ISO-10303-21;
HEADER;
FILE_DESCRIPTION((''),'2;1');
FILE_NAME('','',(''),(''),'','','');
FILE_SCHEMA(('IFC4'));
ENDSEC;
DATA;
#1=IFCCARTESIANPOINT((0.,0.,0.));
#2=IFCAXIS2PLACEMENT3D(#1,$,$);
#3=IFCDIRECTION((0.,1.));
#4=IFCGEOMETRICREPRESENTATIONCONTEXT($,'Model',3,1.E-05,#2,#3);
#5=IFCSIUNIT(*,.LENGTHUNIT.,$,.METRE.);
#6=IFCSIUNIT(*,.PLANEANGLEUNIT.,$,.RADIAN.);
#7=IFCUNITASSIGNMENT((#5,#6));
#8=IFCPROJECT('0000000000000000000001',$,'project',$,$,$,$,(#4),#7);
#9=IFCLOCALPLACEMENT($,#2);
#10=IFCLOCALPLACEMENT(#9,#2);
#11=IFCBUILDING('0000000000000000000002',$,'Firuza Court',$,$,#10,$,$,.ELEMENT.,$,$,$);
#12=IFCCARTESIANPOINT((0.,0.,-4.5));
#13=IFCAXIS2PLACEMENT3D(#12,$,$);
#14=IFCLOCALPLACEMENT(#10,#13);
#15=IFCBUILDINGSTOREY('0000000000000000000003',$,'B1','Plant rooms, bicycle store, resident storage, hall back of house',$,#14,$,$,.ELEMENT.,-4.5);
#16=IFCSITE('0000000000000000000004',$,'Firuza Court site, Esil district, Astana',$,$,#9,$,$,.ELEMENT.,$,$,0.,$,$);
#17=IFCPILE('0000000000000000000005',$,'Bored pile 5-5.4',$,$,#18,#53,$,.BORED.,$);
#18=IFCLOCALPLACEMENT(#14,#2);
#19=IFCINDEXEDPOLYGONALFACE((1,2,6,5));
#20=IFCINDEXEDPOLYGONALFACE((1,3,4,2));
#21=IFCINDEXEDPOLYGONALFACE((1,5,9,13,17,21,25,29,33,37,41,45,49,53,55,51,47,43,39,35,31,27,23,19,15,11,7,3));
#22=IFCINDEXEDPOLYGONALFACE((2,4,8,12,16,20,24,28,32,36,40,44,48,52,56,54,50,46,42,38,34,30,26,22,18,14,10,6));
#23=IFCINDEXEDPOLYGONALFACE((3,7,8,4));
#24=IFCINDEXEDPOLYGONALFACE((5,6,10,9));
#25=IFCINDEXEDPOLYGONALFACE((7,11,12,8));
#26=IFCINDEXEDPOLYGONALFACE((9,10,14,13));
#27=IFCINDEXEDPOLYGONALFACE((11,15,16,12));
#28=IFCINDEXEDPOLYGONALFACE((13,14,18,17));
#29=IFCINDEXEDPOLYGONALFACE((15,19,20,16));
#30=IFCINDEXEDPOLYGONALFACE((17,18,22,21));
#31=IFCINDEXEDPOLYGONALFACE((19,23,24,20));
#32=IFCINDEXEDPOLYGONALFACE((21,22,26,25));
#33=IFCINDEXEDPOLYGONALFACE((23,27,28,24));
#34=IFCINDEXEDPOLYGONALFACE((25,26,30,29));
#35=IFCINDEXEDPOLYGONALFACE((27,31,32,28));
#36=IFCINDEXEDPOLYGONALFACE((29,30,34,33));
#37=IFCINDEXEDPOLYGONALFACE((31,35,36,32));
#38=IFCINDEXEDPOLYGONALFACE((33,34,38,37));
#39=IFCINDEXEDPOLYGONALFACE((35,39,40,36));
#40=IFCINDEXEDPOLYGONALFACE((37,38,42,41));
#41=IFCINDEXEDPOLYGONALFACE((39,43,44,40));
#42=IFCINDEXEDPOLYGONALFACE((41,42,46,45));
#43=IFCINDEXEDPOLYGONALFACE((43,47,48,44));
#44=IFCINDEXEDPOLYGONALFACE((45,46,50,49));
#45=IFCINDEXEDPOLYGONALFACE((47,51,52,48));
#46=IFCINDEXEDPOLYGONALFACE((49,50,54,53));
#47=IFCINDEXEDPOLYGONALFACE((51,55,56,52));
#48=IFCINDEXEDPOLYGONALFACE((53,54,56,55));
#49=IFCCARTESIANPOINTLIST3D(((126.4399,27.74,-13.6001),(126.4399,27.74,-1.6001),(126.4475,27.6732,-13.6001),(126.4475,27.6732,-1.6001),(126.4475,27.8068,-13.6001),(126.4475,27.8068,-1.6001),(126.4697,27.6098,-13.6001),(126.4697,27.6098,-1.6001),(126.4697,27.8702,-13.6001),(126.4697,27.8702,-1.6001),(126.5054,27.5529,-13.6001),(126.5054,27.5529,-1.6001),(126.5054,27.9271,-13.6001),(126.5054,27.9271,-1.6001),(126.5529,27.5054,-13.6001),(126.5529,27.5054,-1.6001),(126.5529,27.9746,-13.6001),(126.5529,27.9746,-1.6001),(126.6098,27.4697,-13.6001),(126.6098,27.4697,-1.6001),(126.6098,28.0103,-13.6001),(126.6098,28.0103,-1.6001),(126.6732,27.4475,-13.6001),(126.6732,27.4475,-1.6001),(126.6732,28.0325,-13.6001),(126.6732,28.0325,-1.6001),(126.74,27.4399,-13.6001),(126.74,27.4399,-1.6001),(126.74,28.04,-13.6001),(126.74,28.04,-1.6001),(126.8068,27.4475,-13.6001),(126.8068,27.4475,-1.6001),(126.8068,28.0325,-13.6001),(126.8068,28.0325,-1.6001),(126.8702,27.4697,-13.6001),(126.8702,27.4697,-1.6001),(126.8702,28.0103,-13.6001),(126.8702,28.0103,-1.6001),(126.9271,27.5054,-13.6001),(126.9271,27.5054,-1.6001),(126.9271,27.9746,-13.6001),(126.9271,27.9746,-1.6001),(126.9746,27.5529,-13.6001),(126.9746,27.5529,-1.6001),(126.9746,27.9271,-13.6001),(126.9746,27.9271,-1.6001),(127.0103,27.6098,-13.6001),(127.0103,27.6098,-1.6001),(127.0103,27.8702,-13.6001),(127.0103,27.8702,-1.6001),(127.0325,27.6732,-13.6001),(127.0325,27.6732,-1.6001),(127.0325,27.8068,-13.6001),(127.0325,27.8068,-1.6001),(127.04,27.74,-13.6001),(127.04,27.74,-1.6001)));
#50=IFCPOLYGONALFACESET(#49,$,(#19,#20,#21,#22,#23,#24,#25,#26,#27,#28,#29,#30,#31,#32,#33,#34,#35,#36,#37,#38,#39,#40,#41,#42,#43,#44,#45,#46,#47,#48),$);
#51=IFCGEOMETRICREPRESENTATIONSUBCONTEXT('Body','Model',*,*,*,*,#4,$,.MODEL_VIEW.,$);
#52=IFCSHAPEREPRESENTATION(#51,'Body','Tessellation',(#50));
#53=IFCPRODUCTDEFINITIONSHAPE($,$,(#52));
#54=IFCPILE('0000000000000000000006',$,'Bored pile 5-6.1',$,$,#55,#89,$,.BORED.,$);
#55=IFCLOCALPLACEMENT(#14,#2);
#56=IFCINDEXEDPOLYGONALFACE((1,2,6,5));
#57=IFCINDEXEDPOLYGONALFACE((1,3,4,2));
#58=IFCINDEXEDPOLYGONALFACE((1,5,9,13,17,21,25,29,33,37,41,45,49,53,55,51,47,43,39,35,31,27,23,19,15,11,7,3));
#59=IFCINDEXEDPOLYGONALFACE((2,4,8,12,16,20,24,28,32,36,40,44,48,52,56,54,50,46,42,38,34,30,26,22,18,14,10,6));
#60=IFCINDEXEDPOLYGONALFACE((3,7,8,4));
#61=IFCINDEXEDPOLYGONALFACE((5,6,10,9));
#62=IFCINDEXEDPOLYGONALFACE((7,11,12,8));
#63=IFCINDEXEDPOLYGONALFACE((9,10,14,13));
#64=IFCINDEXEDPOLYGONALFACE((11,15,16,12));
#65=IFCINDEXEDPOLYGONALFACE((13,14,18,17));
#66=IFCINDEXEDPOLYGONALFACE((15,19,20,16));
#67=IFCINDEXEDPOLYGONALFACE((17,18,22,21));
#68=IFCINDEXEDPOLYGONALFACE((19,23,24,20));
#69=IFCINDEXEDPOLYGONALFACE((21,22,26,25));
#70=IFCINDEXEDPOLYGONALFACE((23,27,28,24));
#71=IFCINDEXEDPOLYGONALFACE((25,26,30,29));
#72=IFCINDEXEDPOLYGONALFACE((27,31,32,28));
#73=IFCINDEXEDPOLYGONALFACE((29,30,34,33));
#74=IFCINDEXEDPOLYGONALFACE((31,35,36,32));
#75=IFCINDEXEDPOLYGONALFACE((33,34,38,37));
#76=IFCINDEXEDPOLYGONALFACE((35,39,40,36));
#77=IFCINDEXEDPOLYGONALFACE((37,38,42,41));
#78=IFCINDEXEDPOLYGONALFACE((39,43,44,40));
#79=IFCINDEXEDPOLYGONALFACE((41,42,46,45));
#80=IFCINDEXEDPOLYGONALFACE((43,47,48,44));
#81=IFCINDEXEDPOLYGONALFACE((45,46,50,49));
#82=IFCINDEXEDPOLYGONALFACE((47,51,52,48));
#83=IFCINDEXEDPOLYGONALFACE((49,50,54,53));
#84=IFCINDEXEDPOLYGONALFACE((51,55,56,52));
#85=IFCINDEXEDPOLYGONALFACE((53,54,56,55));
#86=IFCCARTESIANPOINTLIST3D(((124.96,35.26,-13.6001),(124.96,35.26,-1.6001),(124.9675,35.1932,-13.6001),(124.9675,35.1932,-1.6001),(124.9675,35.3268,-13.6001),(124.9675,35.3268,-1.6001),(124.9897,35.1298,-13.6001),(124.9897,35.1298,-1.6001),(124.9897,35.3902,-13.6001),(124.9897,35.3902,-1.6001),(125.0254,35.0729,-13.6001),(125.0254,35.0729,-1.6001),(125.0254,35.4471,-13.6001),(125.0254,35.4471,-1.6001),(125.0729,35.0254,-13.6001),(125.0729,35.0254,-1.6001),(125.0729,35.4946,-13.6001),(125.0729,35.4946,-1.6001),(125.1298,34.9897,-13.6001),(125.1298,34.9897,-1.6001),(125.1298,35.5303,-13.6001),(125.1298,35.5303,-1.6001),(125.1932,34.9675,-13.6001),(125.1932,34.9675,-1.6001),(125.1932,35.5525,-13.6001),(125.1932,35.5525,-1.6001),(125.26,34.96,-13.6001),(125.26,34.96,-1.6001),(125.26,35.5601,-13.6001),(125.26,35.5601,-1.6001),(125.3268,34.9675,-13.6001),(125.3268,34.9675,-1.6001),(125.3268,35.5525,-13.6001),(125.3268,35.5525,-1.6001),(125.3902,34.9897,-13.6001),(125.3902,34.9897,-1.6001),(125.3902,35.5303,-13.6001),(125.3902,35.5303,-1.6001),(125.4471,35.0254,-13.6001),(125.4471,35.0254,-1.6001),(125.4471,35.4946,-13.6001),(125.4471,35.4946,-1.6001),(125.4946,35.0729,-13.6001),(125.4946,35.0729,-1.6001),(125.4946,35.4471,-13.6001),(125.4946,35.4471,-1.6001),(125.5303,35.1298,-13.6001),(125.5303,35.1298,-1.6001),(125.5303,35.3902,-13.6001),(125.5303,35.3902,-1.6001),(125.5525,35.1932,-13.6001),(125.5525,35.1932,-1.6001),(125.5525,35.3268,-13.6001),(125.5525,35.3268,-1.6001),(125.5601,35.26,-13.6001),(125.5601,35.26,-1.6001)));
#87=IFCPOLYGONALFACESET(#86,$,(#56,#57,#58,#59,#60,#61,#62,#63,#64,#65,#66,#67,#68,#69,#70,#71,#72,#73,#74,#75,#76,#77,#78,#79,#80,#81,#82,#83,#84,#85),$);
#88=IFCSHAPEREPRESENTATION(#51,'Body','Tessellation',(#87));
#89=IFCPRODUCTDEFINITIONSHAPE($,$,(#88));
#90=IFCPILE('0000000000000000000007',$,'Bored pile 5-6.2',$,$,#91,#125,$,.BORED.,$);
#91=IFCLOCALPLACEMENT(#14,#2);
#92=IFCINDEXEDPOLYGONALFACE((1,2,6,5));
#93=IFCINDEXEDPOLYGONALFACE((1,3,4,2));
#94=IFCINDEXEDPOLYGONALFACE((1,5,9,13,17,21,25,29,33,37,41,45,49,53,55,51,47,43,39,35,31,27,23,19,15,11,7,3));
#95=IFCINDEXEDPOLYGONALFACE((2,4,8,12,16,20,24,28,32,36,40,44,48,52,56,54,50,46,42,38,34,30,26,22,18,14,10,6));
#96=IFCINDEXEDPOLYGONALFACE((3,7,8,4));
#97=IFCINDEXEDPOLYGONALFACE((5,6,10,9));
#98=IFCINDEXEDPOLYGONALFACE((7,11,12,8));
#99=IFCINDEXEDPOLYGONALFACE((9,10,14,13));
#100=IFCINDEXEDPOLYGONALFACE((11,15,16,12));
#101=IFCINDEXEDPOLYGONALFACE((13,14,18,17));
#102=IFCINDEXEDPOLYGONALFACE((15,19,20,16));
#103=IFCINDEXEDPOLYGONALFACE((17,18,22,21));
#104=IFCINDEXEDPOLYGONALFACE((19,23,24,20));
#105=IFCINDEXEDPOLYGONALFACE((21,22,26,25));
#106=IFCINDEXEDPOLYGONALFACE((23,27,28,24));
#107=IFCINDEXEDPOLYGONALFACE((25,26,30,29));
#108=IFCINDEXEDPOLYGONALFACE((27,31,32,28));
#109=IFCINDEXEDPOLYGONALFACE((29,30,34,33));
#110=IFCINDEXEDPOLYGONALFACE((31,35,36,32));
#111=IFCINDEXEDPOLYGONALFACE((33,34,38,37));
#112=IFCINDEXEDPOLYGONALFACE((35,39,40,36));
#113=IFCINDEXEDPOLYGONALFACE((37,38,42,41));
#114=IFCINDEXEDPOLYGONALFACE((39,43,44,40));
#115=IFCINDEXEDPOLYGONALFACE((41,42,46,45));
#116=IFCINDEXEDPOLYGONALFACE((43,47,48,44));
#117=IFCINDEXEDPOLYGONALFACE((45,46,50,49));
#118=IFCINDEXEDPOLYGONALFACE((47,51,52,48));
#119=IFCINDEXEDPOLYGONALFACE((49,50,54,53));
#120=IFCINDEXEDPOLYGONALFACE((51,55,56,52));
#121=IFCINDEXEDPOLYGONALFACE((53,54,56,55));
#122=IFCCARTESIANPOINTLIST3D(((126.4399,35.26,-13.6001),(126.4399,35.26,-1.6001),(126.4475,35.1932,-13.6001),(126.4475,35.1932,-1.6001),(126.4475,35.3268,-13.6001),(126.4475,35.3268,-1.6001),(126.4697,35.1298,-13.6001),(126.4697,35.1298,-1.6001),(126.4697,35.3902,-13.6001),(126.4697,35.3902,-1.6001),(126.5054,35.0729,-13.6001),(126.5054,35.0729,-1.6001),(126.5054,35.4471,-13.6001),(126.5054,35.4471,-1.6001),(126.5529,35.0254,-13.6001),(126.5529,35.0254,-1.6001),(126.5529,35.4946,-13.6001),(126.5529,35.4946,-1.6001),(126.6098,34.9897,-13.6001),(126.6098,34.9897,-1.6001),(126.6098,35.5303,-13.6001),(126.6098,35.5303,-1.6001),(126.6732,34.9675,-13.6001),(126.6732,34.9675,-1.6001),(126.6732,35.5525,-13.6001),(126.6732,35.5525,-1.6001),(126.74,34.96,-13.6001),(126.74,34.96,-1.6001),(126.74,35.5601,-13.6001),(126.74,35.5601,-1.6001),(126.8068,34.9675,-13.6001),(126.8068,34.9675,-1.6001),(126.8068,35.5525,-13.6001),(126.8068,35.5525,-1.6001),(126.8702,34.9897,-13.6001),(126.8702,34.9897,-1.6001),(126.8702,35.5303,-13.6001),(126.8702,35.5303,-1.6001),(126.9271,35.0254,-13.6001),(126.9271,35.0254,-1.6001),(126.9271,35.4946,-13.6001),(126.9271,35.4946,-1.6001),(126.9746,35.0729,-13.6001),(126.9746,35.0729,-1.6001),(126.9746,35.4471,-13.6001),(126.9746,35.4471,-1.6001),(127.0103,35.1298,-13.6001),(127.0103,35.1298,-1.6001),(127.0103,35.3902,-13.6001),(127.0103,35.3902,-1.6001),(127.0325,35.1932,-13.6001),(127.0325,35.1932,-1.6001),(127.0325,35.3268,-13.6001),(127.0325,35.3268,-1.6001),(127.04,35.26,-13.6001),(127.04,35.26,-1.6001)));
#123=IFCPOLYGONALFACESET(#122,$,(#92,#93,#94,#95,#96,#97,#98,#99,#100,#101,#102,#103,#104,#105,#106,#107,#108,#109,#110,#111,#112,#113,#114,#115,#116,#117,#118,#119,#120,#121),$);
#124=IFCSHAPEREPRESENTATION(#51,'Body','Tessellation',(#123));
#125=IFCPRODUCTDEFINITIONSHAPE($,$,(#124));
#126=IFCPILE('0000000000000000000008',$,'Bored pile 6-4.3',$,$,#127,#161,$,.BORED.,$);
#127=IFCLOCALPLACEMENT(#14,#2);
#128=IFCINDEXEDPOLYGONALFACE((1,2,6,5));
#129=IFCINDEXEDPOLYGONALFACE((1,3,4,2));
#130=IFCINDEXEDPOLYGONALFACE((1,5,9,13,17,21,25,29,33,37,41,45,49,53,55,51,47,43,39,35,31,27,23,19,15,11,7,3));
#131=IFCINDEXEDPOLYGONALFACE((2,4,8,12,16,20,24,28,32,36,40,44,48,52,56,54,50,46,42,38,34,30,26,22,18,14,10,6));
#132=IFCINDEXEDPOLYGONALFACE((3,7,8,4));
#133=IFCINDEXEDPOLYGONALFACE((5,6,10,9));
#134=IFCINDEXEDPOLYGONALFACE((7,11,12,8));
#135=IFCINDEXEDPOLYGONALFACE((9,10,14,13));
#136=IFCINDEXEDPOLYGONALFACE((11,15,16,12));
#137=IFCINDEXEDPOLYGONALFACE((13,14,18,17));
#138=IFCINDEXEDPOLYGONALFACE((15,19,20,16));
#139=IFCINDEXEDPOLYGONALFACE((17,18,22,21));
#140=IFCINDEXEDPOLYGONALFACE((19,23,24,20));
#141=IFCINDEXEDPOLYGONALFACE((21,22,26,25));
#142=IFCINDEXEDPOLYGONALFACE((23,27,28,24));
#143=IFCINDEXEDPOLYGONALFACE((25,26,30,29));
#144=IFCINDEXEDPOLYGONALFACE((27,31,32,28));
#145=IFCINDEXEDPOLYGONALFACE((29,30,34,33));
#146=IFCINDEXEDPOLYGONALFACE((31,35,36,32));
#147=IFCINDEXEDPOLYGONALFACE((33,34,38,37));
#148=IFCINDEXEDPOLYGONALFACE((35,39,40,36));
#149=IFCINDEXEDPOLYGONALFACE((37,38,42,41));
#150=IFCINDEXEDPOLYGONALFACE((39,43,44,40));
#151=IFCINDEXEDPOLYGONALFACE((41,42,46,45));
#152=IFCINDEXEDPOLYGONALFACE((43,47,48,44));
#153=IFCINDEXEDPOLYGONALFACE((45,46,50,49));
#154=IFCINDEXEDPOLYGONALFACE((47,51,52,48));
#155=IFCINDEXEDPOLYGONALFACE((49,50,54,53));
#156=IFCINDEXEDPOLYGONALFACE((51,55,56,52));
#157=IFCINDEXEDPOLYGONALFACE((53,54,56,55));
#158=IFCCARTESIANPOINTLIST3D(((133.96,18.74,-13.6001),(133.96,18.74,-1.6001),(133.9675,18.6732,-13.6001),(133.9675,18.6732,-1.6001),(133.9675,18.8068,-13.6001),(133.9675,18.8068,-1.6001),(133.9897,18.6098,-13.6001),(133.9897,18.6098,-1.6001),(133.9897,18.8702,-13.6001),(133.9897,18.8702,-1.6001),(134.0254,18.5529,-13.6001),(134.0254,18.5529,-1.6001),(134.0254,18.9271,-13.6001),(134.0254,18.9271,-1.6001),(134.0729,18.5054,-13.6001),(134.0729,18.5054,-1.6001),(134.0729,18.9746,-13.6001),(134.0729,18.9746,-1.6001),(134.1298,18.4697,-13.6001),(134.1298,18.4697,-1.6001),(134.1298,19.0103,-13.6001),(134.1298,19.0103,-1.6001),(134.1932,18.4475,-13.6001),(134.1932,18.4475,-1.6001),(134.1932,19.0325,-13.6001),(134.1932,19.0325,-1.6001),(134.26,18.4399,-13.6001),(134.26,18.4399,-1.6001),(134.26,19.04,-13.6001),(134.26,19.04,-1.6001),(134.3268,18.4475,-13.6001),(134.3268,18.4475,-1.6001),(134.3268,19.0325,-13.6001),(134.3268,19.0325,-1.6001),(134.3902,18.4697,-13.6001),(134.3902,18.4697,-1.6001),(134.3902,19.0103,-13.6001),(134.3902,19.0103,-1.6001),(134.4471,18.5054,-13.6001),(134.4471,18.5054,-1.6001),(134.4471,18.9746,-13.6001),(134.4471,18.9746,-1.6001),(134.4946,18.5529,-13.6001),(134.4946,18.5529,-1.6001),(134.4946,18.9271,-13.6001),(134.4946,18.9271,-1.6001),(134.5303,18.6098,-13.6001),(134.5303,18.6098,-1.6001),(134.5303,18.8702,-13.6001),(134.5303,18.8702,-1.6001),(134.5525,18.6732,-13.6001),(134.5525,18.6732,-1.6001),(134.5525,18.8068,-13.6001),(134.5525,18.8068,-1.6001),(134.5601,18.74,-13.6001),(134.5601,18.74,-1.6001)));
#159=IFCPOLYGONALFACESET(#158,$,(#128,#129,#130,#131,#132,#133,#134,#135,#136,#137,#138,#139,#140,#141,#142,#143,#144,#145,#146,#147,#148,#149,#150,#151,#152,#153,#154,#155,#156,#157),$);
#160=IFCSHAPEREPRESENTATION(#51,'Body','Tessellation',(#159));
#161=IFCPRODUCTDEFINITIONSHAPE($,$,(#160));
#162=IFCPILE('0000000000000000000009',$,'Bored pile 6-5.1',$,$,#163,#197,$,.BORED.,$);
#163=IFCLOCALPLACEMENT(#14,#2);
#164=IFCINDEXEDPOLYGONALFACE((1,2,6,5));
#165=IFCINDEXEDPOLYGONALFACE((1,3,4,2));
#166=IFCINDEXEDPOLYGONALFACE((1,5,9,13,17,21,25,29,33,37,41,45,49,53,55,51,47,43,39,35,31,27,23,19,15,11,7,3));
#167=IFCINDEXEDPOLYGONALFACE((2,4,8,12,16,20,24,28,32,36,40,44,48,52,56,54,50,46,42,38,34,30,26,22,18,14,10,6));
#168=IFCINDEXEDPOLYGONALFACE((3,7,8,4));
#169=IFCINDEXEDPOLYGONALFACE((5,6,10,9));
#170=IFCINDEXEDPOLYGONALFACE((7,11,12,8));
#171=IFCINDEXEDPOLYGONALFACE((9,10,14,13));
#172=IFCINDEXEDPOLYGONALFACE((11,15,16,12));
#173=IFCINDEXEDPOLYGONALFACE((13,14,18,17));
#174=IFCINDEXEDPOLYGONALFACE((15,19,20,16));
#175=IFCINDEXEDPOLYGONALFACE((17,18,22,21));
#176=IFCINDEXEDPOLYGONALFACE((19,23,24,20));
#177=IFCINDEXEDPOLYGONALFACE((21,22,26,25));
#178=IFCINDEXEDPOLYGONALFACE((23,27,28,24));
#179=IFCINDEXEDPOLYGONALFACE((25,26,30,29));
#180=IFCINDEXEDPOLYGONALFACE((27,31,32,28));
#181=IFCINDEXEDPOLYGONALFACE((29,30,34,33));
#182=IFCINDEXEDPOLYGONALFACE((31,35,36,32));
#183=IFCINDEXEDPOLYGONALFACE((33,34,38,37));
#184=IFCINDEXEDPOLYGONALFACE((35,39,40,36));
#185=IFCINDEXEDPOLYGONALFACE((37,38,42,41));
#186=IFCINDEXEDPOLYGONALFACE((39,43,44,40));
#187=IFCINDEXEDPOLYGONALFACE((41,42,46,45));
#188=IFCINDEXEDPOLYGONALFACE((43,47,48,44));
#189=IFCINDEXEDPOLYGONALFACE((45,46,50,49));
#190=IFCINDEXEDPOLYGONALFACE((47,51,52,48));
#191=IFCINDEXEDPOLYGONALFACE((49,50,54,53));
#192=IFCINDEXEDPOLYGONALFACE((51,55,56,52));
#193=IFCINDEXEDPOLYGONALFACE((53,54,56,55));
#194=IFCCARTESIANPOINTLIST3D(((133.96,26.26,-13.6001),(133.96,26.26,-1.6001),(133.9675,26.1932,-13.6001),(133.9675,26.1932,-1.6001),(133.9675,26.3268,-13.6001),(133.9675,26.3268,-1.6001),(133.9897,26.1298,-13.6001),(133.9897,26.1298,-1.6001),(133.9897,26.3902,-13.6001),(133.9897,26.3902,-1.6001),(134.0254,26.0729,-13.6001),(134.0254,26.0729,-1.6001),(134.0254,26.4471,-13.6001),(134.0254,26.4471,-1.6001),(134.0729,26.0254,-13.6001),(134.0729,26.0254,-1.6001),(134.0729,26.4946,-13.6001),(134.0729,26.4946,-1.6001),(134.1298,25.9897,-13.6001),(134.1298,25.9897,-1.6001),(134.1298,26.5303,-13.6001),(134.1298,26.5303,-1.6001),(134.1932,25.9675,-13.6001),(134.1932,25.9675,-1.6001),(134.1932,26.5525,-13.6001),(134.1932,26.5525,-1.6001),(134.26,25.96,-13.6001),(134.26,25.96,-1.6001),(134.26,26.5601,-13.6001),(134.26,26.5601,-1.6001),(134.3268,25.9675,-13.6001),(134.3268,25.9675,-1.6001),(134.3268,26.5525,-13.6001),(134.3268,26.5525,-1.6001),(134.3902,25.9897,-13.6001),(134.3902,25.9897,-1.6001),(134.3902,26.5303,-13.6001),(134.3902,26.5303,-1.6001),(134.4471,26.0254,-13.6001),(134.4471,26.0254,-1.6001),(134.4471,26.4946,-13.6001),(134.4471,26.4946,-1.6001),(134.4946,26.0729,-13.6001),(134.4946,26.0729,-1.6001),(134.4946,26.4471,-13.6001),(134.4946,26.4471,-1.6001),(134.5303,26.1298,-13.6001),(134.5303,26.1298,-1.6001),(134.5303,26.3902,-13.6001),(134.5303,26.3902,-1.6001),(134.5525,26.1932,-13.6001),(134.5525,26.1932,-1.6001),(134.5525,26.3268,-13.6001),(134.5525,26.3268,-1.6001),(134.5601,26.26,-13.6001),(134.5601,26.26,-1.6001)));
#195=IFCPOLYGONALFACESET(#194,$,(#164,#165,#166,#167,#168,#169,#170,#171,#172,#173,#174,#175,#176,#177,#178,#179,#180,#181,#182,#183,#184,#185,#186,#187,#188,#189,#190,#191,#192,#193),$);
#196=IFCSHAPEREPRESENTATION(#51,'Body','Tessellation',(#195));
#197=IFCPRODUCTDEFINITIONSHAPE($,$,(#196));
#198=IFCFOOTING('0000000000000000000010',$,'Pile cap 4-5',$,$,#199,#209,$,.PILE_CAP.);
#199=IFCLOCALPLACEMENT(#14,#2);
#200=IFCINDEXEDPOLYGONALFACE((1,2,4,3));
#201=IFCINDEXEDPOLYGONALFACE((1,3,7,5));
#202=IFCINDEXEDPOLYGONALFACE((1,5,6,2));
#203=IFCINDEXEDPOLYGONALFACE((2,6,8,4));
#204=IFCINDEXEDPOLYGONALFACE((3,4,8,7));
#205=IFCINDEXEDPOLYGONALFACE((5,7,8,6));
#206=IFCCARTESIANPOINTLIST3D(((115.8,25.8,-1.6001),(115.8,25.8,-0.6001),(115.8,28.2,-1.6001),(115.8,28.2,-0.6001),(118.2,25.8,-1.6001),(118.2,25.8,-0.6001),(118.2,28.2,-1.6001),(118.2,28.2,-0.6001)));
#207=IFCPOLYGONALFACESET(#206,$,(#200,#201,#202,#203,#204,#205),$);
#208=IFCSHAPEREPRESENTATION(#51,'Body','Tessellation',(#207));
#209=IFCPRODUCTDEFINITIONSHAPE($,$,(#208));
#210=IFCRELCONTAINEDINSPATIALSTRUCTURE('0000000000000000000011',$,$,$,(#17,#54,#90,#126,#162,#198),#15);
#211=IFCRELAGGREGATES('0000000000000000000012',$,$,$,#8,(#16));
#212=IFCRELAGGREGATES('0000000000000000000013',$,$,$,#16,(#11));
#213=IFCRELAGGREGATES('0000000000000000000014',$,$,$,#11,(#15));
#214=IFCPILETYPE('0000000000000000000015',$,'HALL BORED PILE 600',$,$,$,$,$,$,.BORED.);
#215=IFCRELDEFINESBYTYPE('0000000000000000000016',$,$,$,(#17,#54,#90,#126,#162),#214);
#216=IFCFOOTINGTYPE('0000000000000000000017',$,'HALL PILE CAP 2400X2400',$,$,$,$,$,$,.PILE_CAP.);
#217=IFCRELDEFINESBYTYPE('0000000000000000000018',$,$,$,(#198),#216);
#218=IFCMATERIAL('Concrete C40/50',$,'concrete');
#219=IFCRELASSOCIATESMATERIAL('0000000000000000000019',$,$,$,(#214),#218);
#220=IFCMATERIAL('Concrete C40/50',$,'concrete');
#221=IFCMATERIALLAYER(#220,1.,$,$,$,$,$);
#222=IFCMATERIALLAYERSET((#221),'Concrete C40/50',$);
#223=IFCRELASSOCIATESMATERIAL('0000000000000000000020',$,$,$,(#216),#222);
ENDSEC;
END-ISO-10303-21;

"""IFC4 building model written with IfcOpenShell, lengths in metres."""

from ifc_helpers import new_model, si_unit, direction, frame, origin, origin_2d, place, context, subcontext, project, spatial, rectangle, circle, extrude, material, layer, layer_set, material_profile, profile_set, type_object, element, save


model = new_model("IFC4")

# Units and contexts
model_context = context("Model", 3, precision=1e-05, world=origin(), true_north=direction((0.0, 1.0)))
body_context = subcontext(model_context, "Body", "Model", "MODEL_VIEW")
ifc_project = project(units=[si_unit("LENGTHUNIT", "METRE"), si_unit("PLANEANGLEUNIT", "RADIAN")], contexts=[model_context])

# Site, building, storey
site_placement = place(None, origin())
site = spatial("IfcSite", under=ifc_project, at=site_placement, Name="Firuza Court site, Esil district, Astana", CompositionType="ELEMENT", RefElevation=0.0)
building_placement = place(site_placement, origin())
building = spatial("IfcBuilding", under=site, at=building_placement, Name="Firuza Court", CompositionType="ELEMENT")
storey_placement = place(building_placement, frame((0.0, 0.0, -4.5)))
storey = spatial("IfcBuildingStorey", under=building, at=storey_placement, Name="B1", Description="Plant rooms, bicycle store, resident storage, hall back of house", CompositionType="ELEMENT", Elevation=-4.5)

# Piles
ifc_material_1 = material(Name="Concrete C40/50", Category="concrete")
ifc_material_profile_1 = material_profile(ifc_material_1, circle(Radius=0.3, at=origin_2d()), Name="PILE 600")
ifc_profile_set_1 = profile_set([ifc_material_profile_1], Name="Concrete C40/50")
pile_type = type_object("IfcPileType", Name="HALL BORED PILE 600", PredefinedType="BORED", material=ifc_profile_set_1)
for number, where, z_axis, x_axis, name in (
    (1, (126.74, 27.74, -1.6001), (0.0, 0.0, -1.0), (1.0, 0.0, 0.0), "Bored pile 5-5.4"),
    (2, (125.26, 35.26, -1.6001), (0.0, 0.0, -1.0), (1.0, 0.0, 0.0), "Bored pile 5-6.1"),
    (3, (126.74, 35.26, -1.6001), (0.0, 0.0, -1.0), (1.0, 0.0, 0.0), "Bored pile 5-6.2"),
    (4, (134.26, 18.74, -1.6001), (0.0, 0.0, -1.0), (1.0, 0.0, 0.0), "Bored pile 6-4.3"),
    (5, (134.26, 26.26, -1.6001), (0.0, 0.0, -1.0), (1.0, 0.0, 0.0), "Bored pile 6-5.1"),
):
    element("IfcPile", number, at=place(storey_placement, frame(where, z_axis=z_axis, x_axis=x_axis)), inside=storey, type_object=pile_type, Name=name, PredefinedType="BORED", context=body_context, shape_type="SweptSolid", body=[
        extrude(circle(Radius=0.3, at=origin_2d()), origin(), (0.0, 0.0, 1.0), 12.0),
    ])

# Footing
ifc_material_2 = material(Name="Concrete C40/50", Category="concrete")
ifc_layer_1 = layer(ifc_material_2, 1.0)
ifc_layer_set_1 = layer_set([ifc_layer_1], Name="Concrete C40/50")
footing_type = type_object("IfcFootingType", Name="HALL PILE CAP 2400X2400", PredefinedType="PILE_CAP", material=ifc_layer_set_1)
for number, where, z_axis, x_axis, name in (
    (6, (117.0, 27.0, -1.6001), (0.0, 0.0, 1.0), (1.0, 0.0, 0.0), "Pile cap 4-5"),
):
    element("IfcFooting", number, at=place(storey_placement, frame(where, z_axis=z_axis, x_axis=x_axis)), inside=storey, type_object=footing_type, Name=name, PredefinedType="PILE_CAP", context=body_context, shape_type="SweptSolid", body=[
        extrude(rectangle(XDim=2.3999, YDim=2.3999, at=origin_2d()), origin(), (0.0, 0.0, 1.0), 1.0),
    ])

save(model, "model.ifc")
